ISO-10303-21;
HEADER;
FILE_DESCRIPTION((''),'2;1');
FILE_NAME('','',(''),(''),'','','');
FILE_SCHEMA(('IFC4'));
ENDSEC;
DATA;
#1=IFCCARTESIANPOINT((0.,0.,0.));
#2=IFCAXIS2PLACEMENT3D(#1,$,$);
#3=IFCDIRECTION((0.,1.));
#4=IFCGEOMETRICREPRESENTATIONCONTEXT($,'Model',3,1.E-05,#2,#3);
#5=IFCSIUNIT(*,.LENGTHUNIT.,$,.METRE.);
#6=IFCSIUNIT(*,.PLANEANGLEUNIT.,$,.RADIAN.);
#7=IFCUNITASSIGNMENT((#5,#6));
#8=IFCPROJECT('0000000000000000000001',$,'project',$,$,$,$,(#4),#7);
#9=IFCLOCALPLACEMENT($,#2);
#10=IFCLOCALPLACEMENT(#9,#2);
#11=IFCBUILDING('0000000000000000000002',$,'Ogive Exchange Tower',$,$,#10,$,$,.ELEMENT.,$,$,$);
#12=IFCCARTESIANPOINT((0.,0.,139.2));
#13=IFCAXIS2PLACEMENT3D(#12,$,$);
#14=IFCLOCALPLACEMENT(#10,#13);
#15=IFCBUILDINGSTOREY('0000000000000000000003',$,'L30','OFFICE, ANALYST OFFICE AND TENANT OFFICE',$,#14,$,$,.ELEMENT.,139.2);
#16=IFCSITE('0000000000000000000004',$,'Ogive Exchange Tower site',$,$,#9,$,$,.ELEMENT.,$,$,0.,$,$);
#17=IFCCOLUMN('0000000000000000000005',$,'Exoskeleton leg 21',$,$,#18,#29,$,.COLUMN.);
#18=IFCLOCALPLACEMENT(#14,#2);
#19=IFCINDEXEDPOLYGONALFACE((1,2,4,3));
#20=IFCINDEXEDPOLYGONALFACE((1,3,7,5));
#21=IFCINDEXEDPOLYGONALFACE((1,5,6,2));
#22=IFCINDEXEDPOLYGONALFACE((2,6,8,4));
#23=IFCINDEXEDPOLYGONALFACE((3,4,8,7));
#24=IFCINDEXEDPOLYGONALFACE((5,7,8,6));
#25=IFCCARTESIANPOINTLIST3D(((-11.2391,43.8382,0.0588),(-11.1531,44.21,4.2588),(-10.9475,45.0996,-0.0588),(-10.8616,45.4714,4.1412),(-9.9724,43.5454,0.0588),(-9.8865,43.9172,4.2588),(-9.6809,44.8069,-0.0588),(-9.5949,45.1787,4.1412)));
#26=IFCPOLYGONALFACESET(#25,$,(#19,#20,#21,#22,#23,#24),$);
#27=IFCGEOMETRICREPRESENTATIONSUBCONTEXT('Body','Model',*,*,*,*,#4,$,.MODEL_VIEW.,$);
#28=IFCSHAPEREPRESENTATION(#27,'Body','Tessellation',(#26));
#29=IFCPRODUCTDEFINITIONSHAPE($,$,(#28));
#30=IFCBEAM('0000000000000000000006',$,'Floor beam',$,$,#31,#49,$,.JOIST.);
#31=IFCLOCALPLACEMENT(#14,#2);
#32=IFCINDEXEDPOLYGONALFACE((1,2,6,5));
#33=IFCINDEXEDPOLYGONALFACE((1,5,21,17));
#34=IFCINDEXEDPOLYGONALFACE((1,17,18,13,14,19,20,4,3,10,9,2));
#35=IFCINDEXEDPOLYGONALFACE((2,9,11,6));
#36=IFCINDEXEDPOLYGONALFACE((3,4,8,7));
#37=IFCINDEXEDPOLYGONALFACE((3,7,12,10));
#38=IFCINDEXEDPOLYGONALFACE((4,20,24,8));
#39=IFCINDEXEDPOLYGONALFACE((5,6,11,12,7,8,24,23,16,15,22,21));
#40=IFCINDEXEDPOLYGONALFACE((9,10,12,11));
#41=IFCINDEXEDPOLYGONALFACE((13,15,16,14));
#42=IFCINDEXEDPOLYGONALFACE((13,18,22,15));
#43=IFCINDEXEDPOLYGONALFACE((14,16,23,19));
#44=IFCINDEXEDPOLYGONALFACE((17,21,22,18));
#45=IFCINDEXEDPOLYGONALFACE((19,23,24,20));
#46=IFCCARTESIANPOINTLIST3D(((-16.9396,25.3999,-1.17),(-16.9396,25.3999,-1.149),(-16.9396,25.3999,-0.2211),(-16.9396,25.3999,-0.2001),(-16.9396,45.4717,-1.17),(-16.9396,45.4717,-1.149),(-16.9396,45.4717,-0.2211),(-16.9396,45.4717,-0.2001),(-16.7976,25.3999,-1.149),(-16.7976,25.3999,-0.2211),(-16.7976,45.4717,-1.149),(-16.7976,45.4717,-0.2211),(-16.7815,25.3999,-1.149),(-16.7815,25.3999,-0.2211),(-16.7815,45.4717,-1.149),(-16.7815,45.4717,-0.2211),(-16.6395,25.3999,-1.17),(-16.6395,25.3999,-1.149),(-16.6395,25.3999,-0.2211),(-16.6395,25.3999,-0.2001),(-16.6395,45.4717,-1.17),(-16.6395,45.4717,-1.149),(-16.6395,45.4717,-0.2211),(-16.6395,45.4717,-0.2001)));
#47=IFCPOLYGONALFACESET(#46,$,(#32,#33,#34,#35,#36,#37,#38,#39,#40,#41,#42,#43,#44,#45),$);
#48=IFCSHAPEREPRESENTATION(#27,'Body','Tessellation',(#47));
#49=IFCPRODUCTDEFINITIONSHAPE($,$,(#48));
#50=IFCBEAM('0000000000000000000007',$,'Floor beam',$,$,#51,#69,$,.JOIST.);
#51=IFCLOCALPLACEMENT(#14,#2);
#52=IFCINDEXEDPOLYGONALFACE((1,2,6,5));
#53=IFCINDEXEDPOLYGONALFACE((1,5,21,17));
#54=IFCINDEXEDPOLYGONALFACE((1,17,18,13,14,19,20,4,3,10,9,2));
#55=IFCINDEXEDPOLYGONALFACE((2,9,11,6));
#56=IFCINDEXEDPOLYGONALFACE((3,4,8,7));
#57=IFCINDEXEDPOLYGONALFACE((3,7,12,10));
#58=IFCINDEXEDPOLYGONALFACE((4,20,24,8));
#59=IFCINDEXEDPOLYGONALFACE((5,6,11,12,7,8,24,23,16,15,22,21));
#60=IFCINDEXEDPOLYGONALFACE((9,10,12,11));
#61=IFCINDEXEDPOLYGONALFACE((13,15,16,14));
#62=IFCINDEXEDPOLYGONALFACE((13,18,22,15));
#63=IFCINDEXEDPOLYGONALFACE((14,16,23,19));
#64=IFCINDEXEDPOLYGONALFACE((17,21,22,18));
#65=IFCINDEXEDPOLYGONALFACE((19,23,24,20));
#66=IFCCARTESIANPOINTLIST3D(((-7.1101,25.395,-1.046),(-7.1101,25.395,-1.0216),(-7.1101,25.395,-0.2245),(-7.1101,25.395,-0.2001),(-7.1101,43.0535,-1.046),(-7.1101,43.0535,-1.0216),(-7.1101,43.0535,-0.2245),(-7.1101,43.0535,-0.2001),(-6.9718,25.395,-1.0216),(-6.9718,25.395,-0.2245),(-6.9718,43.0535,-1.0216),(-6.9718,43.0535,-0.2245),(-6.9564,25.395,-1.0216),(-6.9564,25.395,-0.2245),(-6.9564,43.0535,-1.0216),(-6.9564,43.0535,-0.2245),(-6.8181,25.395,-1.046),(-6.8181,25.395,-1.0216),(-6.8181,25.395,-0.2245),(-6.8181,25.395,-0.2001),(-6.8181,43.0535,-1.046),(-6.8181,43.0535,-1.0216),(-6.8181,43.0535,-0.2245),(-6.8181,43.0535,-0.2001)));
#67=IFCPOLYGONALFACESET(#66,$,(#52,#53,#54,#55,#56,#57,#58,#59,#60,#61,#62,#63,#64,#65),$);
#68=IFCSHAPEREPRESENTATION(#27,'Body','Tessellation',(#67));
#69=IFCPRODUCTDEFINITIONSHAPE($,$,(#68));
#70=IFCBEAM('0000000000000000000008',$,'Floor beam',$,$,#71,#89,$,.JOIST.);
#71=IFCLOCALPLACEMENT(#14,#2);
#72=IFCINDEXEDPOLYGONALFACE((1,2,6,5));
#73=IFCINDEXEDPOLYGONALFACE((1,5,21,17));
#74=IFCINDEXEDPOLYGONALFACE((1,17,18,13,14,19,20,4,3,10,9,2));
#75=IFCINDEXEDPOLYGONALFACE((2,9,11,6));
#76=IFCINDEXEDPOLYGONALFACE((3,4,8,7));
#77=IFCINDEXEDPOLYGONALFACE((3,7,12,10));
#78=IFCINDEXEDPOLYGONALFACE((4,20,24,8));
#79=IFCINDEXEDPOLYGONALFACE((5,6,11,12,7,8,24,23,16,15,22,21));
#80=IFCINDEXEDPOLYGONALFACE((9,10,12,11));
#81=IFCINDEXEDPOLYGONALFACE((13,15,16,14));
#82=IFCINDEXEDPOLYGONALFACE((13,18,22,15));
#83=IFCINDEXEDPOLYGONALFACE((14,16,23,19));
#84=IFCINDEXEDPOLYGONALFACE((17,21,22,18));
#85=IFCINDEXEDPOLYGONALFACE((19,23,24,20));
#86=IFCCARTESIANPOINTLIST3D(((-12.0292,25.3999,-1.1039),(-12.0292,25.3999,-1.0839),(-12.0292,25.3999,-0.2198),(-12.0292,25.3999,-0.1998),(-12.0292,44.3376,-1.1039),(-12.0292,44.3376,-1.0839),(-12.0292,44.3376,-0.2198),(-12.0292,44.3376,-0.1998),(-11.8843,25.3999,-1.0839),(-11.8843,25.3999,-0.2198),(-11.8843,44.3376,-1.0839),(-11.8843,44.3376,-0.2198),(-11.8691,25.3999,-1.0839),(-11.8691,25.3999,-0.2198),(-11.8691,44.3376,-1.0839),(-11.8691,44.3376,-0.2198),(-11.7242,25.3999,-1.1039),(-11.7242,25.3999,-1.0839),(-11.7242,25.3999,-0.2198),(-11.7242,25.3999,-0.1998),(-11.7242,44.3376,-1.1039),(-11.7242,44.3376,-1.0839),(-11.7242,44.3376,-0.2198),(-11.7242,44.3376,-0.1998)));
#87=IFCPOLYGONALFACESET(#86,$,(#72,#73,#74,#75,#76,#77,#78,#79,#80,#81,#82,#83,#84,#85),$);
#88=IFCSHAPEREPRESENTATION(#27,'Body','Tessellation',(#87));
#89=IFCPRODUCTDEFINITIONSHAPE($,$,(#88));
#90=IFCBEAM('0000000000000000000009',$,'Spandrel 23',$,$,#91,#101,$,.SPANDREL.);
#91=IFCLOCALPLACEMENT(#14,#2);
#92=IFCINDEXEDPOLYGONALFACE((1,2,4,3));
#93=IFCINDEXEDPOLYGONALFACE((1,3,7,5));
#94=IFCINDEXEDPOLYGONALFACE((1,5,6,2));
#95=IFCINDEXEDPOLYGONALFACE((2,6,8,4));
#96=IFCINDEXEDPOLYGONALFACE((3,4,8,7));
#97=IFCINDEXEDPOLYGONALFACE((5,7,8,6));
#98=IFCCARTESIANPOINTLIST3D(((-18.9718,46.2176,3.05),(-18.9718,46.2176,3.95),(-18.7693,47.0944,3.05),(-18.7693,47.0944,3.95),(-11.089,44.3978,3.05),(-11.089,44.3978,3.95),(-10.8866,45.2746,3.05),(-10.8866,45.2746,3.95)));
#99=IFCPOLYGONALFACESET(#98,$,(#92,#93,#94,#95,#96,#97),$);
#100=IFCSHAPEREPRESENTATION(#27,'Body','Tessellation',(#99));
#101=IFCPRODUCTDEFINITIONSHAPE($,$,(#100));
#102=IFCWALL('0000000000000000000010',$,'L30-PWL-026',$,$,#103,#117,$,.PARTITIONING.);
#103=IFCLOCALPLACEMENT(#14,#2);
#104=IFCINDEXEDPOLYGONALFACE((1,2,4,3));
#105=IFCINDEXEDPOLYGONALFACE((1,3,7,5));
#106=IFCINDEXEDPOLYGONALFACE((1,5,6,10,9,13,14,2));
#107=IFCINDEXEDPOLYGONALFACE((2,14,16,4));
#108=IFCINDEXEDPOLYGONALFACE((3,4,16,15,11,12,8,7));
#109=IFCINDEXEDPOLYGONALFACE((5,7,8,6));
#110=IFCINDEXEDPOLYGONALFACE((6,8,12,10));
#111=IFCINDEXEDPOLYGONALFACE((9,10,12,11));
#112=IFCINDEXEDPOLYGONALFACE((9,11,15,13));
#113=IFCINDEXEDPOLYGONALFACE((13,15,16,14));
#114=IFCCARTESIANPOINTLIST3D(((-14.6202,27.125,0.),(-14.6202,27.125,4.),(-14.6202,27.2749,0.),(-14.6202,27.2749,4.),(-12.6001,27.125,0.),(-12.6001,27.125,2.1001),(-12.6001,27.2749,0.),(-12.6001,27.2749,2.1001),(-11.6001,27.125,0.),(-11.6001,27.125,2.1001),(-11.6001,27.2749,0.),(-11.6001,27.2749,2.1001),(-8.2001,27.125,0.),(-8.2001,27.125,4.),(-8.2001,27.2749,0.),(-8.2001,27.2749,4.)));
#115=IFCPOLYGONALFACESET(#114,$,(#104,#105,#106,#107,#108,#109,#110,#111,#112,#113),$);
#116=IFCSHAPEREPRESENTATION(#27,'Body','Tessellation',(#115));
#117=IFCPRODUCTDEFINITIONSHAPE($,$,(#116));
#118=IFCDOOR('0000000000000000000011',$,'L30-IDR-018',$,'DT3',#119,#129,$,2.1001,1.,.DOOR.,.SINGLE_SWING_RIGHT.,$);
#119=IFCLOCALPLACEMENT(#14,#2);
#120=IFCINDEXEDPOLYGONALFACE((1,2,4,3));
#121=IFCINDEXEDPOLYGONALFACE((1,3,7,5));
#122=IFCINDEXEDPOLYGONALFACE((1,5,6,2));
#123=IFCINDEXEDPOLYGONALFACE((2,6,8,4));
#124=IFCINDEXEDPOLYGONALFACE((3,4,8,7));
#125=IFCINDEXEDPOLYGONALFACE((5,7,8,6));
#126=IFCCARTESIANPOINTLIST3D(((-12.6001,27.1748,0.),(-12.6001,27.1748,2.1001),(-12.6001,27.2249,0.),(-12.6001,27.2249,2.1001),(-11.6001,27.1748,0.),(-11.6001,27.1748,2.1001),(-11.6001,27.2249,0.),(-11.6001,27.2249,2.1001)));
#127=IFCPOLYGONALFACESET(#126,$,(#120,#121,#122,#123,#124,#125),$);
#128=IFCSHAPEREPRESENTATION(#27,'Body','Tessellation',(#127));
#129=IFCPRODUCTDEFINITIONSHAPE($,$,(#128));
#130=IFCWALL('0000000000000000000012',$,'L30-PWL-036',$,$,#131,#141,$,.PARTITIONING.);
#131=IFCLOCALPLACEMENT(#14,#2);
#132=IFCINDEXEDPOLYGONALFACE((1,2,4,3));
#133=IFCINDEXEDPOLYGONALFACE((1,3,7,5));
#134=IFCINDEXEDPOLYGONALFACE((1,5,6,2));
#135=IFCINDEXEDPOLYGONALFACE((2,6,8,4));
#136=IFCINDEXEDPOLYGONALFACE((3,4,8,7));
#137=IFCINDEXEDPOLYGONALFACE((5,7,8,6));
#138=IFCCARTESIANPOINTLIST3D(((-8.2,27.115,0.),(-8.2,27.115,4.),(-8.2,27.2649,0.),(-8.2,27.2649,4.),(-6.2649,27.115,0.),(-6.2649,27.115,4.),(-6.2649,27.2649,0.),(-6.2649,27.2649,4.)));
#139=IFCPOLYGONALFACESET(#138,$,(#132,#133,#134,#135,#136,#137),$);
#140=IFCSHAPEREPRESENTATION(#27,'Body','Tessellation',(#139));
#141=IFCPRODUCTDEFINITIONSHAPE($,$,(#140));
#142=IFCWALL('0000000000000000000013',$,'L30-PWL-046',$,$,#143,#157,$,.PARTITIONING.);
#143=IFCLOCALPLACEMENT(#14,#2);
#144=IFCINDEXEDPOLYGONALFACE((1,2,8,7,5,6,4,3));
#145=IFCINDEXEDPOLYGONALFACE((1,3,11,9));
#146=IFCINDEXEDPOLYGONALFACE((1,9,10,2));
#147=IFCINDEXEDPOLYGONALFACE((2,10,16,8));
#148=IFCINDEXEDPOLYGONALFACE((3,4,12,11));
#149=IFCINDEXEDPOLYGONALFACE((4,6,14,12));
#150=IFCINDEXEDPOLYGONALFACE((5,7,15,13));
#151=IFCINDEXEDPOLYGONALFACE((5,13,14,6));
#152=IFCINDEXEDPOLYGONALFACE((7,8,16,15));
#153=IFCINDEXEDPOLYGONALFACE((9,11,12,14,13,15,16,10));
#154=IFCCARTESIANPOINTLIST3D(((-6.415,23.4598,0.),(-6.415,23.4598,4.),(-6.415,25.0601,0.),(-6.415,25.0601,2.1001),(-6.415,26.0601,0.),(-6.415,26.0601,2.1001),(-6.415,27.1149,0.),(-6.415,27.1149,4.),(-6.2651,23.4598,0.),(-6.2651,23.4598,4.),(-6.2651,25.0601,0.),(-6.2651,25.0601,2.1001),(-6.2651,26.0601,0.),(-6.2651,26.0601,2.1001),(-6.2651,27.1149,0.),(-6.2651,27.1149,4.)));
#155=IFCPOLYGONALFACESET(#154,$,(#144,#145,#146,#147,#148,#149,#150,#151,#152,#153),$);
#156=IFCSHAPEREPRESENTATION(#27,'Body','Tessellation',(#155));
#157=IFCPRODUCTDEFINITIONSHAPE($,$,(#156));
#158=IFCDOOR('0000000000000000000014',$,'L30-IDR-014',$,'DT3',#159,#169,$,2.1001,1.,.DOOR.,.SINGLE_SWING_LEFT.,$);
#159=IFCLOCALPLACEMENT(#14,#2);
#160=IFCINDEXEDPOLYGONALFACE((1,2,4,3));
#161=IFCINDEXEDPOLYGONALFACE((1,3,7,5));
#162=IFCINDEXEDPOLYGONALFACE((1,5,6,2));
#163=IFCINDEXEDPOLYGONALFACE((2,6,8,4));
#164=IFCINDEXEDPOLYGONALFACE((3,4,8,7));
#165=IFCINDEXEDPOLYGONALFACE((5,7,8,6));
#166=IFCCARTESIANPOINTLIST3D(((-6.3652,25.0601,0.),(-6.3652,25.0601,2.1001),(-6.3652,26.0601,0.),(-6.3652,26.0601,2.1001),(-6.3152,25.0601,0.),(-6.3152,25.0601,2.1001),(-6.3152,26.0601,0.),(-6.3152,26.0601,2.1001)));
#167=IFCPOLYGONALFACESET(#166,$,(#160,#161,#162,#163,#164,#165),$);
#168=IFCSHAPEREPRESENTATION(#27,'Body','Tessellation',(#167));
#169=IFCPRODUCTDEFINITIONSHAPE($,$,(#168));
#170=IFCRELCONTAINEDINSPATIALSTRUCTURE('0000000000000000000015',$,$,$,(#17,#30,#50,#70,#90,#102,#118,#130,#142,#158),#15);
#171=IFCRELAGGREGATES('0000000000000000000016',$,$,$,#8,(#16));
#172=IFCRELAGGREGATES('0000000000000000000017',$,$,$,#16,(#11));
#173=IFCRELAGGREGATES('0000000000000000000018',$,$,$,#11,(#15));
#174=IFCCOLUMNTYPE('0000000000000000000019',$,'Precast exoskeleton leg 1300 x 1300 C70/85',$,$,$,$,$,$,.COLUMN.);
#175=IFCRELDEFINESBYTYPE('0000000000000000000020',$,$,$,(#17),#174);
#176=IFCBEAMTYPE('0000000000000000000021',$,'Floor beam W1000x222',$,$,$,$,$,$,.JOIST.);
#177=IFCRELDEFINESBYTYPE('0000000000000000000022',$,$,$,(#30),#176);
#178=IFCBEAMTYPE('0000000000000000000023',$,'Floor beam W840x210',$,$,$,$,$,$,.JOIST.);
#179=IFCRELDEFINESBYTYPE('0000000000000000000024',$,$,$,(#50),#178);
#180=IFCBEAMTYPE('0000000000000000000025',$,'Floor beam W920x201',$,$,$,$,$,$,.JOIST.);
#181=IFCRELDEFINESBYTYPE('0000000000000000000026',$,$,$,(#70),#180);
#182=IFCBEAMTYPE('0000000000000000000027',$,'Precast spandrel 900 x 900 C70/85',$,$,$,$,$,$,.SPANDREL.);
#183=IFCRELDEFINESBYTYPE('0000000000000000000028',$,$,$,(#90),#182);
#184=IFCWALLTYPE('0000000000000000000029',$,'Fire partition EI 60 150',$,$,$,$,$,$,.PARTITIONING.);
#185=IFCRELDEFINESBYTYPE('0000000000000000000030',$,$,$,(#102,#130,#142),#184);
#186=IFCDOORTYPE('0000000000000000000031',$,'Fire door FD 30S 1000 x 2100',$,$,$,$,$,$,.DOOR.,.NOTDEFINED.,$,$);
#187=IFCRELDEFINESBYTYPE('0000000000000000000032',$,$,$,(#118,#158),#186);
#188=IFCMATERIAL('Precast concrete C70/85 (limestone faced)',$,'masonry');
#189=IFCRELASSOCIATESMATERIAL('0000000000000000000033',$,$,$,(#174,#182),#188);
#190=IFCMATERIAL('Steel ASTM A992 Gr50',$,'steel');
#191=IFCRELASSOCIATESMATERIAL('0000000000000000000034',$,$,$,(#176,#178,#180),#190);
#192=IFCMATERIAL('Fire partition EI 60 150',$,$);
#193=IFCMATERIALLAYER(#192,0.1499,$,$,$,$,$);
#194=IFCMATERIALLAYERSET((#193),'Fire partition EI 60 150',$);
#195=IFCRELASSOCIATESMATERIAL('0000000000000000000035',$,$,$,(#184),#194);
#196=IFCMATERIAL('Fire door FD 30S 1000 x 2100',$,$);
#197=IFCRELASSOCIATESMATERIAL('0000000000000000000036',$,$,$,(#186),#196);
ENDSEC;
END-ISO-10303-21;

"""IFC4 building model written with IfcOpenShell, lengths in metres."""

from ifc_helpers import new_model, si_unit, direction, frame, frame_2d, origin, origin_2d, place, context, subcontext, project, spatial, rectangle, i_section, extrude, material, layer, layer_set, material_profile, profile_set, type_object, element, fill, save


model = new_model("IFC4")

# Units and contexts
model_context = context("Model", 3, precision=1e-05, world=origin(), true_north=direction((0.0, 1.0)))
body_context = subcontext(model_context, "Body", "Model", "MODEL_VIEW")
ifc_project = project(units=[si_unit("LENGTHUNIT", "METRE"), si_unit("PLANEANGLEUNIT", "RADIAN")], contexts=[model_context])

# Site, building, storey
site_placement = place(None, origin())
site = spatial("IfcSite", under=ifc_project, at=site_placement, Name="Ogive Exchange Tower site", CompositionType="ELEMENT", RefElevation=0.0)
building_placement = place(site_placement, origin())
building = spatial("IfcBuilding", under=site, at=building_placement, Name="Ogive Exchange Tower", CompositionType="ELEMENT")
storey_placement = place(building_placement, frame((0.0, 0.0, 139.2)))
storey = spatial("IfcBuildingStorey", under=building, at=storey_placement, Name="L30", Description="OFFICE, ANALYST OFFICE AND TENANT OFFICE", CompositionType="ELEMENT", Elevation=139.2)

# Column
ifc_material_1 = material(Name="Precast concrete C70/85 (limestone faced)", Category="masonry")
ifc_material_profile_1 = material_profile(ifc_material_1, rectangle(XDim=1.3, YDim=1.3, at=origin_2d()), Name="1300 x 1300")
ifc_profile_set_1 = profile_set([ifc_material_profile_1], Name="Precast concrete C70/85 (limestone faced)")
column_type = type_object("IfcColumnType", Name="Precast exoskeleton leg 1300 x 1300 C70/85", PredefinedType="COLUMN", material=ifc_profile_set_1)
column_placement = place(storey_placement, frame((-10.46, 44.3225, 0.0), z_axis=(0.020378, 0.088168, 0.995897), x_axis=(-0.974316, 0.225187, 0.0)))
element("IfcColumn", 1, at=column_placement, inside=storey, type_object=column_type, Name="Exoskeleton leg 21", PredefinedType="COLUMN", context=body_context, shape_type="SweptSolid", body=[
    extrude(rectangle(XDim=1.3, YDim=1.3, at=origin_2d()), origin(), (0.0, 0.0, 1.0), 4.2173),
])

# Beams
ifc_material_2 = material(Name="Steel ASTM A992 Gr50", Category="steel")
ifc_material_profile_2 = material_profile(ifc_material_2, i_section(OverallWidth=0.3, OverallDepth=0.97, WebThickness=0.0161, FlangeThickness=0.021, at=origin_2d()), Name="W1000x222")
ifc_profile_set_2 = profile_set([ifc_material_profile_2], Name="Steel ASTM A992 Gr50")
beam_type_1 = type_object("IfcBeamType", Name="Floor beam W1000x222", PredefinedType="JOIST", material=ifc_profile_set_2)
beam_1_placement = place(storey_placement, frame((-16.7896, 25.3999, -0.6851), z_axis=(0.0, 1.0, 0.0), x_axis=(-1.0, 0.0, 0.0)))
element("IfcBeam", 2, at=beam_1_placement, inside=storey, type_object=beam_type_1, Name="Floor beam", PredefinedType="JOIST", context=body_context, shape_type="SweptSolid", body=[
    extrude(i_section(OverallWidth=0.3, OverallDepth=0.97, WebThickness=0.0161, FlangeThickness=0.021, at=origin_2d()), origin(), (0.0, 0.0, 1.0), 20.0718),
])
ifc_material_profile_3 = material_profile(ifc_material_2, i_section(OverallWidth=0.292, OverallDepth=0.8459, WebThickness=0.0154, FlangeThickness=0.0244, at=origin_2d()), Name="W840x210")
ifc_profile_set_3 = profile_set([ifc_material_profile_3], Name="Steel ASTM A992 Gr50")
beam_type_2 = type_object("IfcBeamType", Name="Floor beam W840x210", PredefinedType="JOIST", material=ifc_profile_set_3)
beam_2_placement = place(storey_placement, frame((-6.9641, 25.395, -0.623), z_axis=(0.0, 1.0, 0.0), x_axis=(-1.0, 0.0, 0.0)))
element("IfcBeam", 3, at=beam_2_placement, inside=storey, type_object=beam_type_2, Name="Floor beam", PredefinedType="JOIST", context=body_context, shape_type="SweptSolid", body=[
    extrude(i_section(OverallWidth=0.292, OverallDepth=0.8459, WebThickness=0.0154, FlangeThickness=0.0244, at=origin_2d()), origin(), (0.0, 0.0, 1.0), 17.6584),
])
ifc_material_profile_4 = material_profile(ifc_material_2, i_section(OverallWidth=0.3049, OverallDepth=0.9041, WebThickness=0.0151, FlangeThickness=0.02, at=origin_2d()), Name="W920x201")
ifc_profile_set_4 = profile_set([ifc_material_profile_4], Name="Steel ASTM A992 Gr50")
beam_type_3 = type_object("IfcBeamType", Name="Floor beam W920x201", PredefinedType="JOIST", material=ifc_profile_set_4)
beam_3_placement = place(storey_placement, frame((-11.8767, 25.3999, -0.6519), z_axis=(0.0, 1.0, 0.0), x_axis=(-1.0, 0.0, 0.0)))
element("IfcBeam", 4, at=beam_3_placement, inside=storey, type_object=beam_type_3, Name="Floor beam", PredefinedType="JOIST", context=body_context, shape_type="SweptSolid", body=[
    extrude(i_section(OverallWidth=0.3049, OverallDepth=0.9041, WebThickness=0.0151, FlangeThickness=0.02, at=origin_2d()), origin(), (0.0, 0.0, 1.0), 18.9377),
])
ifc_material_profile_5 = material_profile(ifc_material_1, rectangle(XDim=0.8999, YDim=0.8999, at=origin_2d()), Name="900 x 900")
ifc_profile_set_5 = profile_set([ifc_material_profile_5], Name="Precast concrete C70/85 (limestone faced)")
beam_type_4 = type_object("IfcBeamType", Name="Precast spandrel 900 x 900 C70/85", PredefinedType="SPANDREL", material=ifc_profile_set_5)
beam_4_placement = place(storey_placement, frame((-10.9878, 44.8362, 3.5), z_axis=(-0.974372, 0.224943, 0.0), x_axis=(-0.224943, -0.974372, 0.0)))
element("IfcBeam", 5, at=beam_4_placement, inside=storey, type_object=beam_type_4, Name="Spandrel 23", PredefinedType="SPANDREL", context=body_context, shape_type="SweptSolid", body=[
    extrude(rectangle(XDim=0.8999, YDim=0.8999, at=origin_2d()), origin(), (0.0, 0.0, 1.0), 8.0901),
])

# Wall, opening, door
ifc_material_3 = material(Name="Fire partition EI 60 150")
ifc_layer_1 = layer(ifc_material_3, 0.1499)
ifc_layer_set_1 = layer_set([ifc_layer_1], Name="Fire partition EI 60 150")
wall_type_1 = type_object("IfcWallType", Name="Fire partition EI 60 150", PredefinedType="PARTITIONING", material=ifc_layer_set_1)
wall_1_placement = place(storey_placement, frame((-14.6201, 27.2, 0.0), z_axis=(0.0, 0.0, 1.0), x_axis=(1.0, 0.0, 0.0)))
wall_1 = element("IfcWall", 6, at=wall_1_placement, inside=storey, type_object=wall_type_1, Name="L30-PWL-026", PredefinedType="PARTITIONING", context=body_context, shape_type="SweptSolid", body=[
    extrude(rectangle(XDim=6.4202, YDim=0.1499, at=frame_2d((3.21, 0.0))), origin(), (0.0, 0.0, 1.0), 4.0),
])
opening_1_placement = place(wall_1_placement, frame((2.02, 0.0, 0.0)))
opening_1 = element("IfcOpeningElement", 7, at=opening_1_placement, cuts=wall_1, PredefinedType="OPENING", context=body_context, shape_type="SweptSolid", body=[
    extrude(rectangle(XDim=1.0, YDim=2.1001, at=frame_2d((0.5, 1.05))), frame((0.0, 0.085, 0.0), z_axis=(0.0, -1.0, 0.0), x_axis=(1.0, 0.0, 0.0)), (0.0, 0.0, 1.0), 0.1699),
])
ifc_material_4 = material(Name="Fire door FD 30S 1000 x 2100")
door_type_1 = type_object("IfcDoorType", Name="Fire door FD 30S 1000 x 2100", OperationType="NOTDEFINED", PredefinedType="DOOR", material=ifc_material_4)
door_1_placement = place(opening_1_placement, origin())
door_1 = element("IfcDoor", 8, at=door_1_placement, inside=storey, type_object=door_type_1, Name="L30-IDR-018", ObjectType="DT3", OperationType="SINGLE_SWING_RIGHT", OverallHeight=2.1001, OverallWidth=1.0, PredefinedType="DOOR", context=body_context, shape_type="SweptSolid", body=[
    extrude(rectangle(XDim=1.0, YDim=2.1001, at=frame_2d((0.5, 1.05))), frame((0.0, 0.0249, 0.0), z_axis=(0.0, -1.0, 0.0), x_axis=(1.0, 0.0, 0.0)), (0.0, 0.0, 1.0), 0.05),
])
fill(opening_1, door_1)

# Wall
wall_2_placement = place(storey_placement, frame((-8.2, 27.1899, 0.0), z_axis=(0.0, 0.0, 1.0), x_axis=(1.0, 0.0, 0.0)))
element("IfcWall", 9, at=wall_2_placement, inside=storey, type_object=wall_type_1, Name="L30-PWL-036", PredefinedType="PARTITIONING", context=body_context, shape_type="SweptSolid", body=[
    extrude(rectangle(XDim=1.9351, YDim=0.1499, at=frame_2d((0.9675, 0.0))), origin(), (0.0, 0.0, 1.0), 4.0),
])

# Wall, opening, door
wall_3_placement = place(storey_placement, frame((-6.3401, 27.115, 0.0), z_axis=(0.0, 0.0, 1.0), x_axis=(0.0, -1.0, 0.0)))
wall_3 = element("IfcWall", 10, at=wall_3_placement, inside=storey, type_object=wall_type_1, Name="L30-PWL-046", PredefinedType="PARTITIONING", context=body_context, shape_type="SweptSolid", body=[
    extrude(rectangle(XDim=3.655, YDim=0.1499, at=frame_2d((1.8276, 0.0))), origin(), (0.0, 0.0, 1.0), 4.0),
])
opening_2_placement = place(wall_3_placement, frame((1.0549, 0.0, 0.0)))
opening_2 = element("IfcOpeningElement", 11, at=opening_2_placement, cuts=wall_3, PredefinedType="OPENING", context=body_context, shape_type="SweptSolid", body=[
    extrude(rectangle(XDim=1.0, YDim=2.1001, at=frame_2d((0.5, 1.05))), frame((0.0, 0.085, 0.0), z_axis=(0.0, -1.0, 0.0), x_axis=(1.0, 0.0, 0.0)), (0.0, 0.0, 1.0), 0.1699),
])
door_2_placement = place(opening_2_placement, origin())
door_2 = element("IfcDoor", 12, at=door_2_placement, inside=storey, type_object=door_type_1, Name="L30-IDR-014", ObjectType="DT3", OperationType="SINGLE_SWING_LEFT", OverallHeight=2.1001, OverallWidth=1.0, PredefinedType="DOOR", context=body_context, shape_type="SweptSolid", body=[
    extrude(rectangle(XDim=1.0, YDim=2.1001, at=frame_2d((0.5, 1.05))), frame((0.0, 0.0249, 0.0), z_axis=(0.0, -1.0, 0.0), x_axis=(1.0, 0.0, 0.0)), (0.0, 0.0, 1.0), 0.05),
])
fill(opening_2, door_2)

save(model, "model.ifc")
